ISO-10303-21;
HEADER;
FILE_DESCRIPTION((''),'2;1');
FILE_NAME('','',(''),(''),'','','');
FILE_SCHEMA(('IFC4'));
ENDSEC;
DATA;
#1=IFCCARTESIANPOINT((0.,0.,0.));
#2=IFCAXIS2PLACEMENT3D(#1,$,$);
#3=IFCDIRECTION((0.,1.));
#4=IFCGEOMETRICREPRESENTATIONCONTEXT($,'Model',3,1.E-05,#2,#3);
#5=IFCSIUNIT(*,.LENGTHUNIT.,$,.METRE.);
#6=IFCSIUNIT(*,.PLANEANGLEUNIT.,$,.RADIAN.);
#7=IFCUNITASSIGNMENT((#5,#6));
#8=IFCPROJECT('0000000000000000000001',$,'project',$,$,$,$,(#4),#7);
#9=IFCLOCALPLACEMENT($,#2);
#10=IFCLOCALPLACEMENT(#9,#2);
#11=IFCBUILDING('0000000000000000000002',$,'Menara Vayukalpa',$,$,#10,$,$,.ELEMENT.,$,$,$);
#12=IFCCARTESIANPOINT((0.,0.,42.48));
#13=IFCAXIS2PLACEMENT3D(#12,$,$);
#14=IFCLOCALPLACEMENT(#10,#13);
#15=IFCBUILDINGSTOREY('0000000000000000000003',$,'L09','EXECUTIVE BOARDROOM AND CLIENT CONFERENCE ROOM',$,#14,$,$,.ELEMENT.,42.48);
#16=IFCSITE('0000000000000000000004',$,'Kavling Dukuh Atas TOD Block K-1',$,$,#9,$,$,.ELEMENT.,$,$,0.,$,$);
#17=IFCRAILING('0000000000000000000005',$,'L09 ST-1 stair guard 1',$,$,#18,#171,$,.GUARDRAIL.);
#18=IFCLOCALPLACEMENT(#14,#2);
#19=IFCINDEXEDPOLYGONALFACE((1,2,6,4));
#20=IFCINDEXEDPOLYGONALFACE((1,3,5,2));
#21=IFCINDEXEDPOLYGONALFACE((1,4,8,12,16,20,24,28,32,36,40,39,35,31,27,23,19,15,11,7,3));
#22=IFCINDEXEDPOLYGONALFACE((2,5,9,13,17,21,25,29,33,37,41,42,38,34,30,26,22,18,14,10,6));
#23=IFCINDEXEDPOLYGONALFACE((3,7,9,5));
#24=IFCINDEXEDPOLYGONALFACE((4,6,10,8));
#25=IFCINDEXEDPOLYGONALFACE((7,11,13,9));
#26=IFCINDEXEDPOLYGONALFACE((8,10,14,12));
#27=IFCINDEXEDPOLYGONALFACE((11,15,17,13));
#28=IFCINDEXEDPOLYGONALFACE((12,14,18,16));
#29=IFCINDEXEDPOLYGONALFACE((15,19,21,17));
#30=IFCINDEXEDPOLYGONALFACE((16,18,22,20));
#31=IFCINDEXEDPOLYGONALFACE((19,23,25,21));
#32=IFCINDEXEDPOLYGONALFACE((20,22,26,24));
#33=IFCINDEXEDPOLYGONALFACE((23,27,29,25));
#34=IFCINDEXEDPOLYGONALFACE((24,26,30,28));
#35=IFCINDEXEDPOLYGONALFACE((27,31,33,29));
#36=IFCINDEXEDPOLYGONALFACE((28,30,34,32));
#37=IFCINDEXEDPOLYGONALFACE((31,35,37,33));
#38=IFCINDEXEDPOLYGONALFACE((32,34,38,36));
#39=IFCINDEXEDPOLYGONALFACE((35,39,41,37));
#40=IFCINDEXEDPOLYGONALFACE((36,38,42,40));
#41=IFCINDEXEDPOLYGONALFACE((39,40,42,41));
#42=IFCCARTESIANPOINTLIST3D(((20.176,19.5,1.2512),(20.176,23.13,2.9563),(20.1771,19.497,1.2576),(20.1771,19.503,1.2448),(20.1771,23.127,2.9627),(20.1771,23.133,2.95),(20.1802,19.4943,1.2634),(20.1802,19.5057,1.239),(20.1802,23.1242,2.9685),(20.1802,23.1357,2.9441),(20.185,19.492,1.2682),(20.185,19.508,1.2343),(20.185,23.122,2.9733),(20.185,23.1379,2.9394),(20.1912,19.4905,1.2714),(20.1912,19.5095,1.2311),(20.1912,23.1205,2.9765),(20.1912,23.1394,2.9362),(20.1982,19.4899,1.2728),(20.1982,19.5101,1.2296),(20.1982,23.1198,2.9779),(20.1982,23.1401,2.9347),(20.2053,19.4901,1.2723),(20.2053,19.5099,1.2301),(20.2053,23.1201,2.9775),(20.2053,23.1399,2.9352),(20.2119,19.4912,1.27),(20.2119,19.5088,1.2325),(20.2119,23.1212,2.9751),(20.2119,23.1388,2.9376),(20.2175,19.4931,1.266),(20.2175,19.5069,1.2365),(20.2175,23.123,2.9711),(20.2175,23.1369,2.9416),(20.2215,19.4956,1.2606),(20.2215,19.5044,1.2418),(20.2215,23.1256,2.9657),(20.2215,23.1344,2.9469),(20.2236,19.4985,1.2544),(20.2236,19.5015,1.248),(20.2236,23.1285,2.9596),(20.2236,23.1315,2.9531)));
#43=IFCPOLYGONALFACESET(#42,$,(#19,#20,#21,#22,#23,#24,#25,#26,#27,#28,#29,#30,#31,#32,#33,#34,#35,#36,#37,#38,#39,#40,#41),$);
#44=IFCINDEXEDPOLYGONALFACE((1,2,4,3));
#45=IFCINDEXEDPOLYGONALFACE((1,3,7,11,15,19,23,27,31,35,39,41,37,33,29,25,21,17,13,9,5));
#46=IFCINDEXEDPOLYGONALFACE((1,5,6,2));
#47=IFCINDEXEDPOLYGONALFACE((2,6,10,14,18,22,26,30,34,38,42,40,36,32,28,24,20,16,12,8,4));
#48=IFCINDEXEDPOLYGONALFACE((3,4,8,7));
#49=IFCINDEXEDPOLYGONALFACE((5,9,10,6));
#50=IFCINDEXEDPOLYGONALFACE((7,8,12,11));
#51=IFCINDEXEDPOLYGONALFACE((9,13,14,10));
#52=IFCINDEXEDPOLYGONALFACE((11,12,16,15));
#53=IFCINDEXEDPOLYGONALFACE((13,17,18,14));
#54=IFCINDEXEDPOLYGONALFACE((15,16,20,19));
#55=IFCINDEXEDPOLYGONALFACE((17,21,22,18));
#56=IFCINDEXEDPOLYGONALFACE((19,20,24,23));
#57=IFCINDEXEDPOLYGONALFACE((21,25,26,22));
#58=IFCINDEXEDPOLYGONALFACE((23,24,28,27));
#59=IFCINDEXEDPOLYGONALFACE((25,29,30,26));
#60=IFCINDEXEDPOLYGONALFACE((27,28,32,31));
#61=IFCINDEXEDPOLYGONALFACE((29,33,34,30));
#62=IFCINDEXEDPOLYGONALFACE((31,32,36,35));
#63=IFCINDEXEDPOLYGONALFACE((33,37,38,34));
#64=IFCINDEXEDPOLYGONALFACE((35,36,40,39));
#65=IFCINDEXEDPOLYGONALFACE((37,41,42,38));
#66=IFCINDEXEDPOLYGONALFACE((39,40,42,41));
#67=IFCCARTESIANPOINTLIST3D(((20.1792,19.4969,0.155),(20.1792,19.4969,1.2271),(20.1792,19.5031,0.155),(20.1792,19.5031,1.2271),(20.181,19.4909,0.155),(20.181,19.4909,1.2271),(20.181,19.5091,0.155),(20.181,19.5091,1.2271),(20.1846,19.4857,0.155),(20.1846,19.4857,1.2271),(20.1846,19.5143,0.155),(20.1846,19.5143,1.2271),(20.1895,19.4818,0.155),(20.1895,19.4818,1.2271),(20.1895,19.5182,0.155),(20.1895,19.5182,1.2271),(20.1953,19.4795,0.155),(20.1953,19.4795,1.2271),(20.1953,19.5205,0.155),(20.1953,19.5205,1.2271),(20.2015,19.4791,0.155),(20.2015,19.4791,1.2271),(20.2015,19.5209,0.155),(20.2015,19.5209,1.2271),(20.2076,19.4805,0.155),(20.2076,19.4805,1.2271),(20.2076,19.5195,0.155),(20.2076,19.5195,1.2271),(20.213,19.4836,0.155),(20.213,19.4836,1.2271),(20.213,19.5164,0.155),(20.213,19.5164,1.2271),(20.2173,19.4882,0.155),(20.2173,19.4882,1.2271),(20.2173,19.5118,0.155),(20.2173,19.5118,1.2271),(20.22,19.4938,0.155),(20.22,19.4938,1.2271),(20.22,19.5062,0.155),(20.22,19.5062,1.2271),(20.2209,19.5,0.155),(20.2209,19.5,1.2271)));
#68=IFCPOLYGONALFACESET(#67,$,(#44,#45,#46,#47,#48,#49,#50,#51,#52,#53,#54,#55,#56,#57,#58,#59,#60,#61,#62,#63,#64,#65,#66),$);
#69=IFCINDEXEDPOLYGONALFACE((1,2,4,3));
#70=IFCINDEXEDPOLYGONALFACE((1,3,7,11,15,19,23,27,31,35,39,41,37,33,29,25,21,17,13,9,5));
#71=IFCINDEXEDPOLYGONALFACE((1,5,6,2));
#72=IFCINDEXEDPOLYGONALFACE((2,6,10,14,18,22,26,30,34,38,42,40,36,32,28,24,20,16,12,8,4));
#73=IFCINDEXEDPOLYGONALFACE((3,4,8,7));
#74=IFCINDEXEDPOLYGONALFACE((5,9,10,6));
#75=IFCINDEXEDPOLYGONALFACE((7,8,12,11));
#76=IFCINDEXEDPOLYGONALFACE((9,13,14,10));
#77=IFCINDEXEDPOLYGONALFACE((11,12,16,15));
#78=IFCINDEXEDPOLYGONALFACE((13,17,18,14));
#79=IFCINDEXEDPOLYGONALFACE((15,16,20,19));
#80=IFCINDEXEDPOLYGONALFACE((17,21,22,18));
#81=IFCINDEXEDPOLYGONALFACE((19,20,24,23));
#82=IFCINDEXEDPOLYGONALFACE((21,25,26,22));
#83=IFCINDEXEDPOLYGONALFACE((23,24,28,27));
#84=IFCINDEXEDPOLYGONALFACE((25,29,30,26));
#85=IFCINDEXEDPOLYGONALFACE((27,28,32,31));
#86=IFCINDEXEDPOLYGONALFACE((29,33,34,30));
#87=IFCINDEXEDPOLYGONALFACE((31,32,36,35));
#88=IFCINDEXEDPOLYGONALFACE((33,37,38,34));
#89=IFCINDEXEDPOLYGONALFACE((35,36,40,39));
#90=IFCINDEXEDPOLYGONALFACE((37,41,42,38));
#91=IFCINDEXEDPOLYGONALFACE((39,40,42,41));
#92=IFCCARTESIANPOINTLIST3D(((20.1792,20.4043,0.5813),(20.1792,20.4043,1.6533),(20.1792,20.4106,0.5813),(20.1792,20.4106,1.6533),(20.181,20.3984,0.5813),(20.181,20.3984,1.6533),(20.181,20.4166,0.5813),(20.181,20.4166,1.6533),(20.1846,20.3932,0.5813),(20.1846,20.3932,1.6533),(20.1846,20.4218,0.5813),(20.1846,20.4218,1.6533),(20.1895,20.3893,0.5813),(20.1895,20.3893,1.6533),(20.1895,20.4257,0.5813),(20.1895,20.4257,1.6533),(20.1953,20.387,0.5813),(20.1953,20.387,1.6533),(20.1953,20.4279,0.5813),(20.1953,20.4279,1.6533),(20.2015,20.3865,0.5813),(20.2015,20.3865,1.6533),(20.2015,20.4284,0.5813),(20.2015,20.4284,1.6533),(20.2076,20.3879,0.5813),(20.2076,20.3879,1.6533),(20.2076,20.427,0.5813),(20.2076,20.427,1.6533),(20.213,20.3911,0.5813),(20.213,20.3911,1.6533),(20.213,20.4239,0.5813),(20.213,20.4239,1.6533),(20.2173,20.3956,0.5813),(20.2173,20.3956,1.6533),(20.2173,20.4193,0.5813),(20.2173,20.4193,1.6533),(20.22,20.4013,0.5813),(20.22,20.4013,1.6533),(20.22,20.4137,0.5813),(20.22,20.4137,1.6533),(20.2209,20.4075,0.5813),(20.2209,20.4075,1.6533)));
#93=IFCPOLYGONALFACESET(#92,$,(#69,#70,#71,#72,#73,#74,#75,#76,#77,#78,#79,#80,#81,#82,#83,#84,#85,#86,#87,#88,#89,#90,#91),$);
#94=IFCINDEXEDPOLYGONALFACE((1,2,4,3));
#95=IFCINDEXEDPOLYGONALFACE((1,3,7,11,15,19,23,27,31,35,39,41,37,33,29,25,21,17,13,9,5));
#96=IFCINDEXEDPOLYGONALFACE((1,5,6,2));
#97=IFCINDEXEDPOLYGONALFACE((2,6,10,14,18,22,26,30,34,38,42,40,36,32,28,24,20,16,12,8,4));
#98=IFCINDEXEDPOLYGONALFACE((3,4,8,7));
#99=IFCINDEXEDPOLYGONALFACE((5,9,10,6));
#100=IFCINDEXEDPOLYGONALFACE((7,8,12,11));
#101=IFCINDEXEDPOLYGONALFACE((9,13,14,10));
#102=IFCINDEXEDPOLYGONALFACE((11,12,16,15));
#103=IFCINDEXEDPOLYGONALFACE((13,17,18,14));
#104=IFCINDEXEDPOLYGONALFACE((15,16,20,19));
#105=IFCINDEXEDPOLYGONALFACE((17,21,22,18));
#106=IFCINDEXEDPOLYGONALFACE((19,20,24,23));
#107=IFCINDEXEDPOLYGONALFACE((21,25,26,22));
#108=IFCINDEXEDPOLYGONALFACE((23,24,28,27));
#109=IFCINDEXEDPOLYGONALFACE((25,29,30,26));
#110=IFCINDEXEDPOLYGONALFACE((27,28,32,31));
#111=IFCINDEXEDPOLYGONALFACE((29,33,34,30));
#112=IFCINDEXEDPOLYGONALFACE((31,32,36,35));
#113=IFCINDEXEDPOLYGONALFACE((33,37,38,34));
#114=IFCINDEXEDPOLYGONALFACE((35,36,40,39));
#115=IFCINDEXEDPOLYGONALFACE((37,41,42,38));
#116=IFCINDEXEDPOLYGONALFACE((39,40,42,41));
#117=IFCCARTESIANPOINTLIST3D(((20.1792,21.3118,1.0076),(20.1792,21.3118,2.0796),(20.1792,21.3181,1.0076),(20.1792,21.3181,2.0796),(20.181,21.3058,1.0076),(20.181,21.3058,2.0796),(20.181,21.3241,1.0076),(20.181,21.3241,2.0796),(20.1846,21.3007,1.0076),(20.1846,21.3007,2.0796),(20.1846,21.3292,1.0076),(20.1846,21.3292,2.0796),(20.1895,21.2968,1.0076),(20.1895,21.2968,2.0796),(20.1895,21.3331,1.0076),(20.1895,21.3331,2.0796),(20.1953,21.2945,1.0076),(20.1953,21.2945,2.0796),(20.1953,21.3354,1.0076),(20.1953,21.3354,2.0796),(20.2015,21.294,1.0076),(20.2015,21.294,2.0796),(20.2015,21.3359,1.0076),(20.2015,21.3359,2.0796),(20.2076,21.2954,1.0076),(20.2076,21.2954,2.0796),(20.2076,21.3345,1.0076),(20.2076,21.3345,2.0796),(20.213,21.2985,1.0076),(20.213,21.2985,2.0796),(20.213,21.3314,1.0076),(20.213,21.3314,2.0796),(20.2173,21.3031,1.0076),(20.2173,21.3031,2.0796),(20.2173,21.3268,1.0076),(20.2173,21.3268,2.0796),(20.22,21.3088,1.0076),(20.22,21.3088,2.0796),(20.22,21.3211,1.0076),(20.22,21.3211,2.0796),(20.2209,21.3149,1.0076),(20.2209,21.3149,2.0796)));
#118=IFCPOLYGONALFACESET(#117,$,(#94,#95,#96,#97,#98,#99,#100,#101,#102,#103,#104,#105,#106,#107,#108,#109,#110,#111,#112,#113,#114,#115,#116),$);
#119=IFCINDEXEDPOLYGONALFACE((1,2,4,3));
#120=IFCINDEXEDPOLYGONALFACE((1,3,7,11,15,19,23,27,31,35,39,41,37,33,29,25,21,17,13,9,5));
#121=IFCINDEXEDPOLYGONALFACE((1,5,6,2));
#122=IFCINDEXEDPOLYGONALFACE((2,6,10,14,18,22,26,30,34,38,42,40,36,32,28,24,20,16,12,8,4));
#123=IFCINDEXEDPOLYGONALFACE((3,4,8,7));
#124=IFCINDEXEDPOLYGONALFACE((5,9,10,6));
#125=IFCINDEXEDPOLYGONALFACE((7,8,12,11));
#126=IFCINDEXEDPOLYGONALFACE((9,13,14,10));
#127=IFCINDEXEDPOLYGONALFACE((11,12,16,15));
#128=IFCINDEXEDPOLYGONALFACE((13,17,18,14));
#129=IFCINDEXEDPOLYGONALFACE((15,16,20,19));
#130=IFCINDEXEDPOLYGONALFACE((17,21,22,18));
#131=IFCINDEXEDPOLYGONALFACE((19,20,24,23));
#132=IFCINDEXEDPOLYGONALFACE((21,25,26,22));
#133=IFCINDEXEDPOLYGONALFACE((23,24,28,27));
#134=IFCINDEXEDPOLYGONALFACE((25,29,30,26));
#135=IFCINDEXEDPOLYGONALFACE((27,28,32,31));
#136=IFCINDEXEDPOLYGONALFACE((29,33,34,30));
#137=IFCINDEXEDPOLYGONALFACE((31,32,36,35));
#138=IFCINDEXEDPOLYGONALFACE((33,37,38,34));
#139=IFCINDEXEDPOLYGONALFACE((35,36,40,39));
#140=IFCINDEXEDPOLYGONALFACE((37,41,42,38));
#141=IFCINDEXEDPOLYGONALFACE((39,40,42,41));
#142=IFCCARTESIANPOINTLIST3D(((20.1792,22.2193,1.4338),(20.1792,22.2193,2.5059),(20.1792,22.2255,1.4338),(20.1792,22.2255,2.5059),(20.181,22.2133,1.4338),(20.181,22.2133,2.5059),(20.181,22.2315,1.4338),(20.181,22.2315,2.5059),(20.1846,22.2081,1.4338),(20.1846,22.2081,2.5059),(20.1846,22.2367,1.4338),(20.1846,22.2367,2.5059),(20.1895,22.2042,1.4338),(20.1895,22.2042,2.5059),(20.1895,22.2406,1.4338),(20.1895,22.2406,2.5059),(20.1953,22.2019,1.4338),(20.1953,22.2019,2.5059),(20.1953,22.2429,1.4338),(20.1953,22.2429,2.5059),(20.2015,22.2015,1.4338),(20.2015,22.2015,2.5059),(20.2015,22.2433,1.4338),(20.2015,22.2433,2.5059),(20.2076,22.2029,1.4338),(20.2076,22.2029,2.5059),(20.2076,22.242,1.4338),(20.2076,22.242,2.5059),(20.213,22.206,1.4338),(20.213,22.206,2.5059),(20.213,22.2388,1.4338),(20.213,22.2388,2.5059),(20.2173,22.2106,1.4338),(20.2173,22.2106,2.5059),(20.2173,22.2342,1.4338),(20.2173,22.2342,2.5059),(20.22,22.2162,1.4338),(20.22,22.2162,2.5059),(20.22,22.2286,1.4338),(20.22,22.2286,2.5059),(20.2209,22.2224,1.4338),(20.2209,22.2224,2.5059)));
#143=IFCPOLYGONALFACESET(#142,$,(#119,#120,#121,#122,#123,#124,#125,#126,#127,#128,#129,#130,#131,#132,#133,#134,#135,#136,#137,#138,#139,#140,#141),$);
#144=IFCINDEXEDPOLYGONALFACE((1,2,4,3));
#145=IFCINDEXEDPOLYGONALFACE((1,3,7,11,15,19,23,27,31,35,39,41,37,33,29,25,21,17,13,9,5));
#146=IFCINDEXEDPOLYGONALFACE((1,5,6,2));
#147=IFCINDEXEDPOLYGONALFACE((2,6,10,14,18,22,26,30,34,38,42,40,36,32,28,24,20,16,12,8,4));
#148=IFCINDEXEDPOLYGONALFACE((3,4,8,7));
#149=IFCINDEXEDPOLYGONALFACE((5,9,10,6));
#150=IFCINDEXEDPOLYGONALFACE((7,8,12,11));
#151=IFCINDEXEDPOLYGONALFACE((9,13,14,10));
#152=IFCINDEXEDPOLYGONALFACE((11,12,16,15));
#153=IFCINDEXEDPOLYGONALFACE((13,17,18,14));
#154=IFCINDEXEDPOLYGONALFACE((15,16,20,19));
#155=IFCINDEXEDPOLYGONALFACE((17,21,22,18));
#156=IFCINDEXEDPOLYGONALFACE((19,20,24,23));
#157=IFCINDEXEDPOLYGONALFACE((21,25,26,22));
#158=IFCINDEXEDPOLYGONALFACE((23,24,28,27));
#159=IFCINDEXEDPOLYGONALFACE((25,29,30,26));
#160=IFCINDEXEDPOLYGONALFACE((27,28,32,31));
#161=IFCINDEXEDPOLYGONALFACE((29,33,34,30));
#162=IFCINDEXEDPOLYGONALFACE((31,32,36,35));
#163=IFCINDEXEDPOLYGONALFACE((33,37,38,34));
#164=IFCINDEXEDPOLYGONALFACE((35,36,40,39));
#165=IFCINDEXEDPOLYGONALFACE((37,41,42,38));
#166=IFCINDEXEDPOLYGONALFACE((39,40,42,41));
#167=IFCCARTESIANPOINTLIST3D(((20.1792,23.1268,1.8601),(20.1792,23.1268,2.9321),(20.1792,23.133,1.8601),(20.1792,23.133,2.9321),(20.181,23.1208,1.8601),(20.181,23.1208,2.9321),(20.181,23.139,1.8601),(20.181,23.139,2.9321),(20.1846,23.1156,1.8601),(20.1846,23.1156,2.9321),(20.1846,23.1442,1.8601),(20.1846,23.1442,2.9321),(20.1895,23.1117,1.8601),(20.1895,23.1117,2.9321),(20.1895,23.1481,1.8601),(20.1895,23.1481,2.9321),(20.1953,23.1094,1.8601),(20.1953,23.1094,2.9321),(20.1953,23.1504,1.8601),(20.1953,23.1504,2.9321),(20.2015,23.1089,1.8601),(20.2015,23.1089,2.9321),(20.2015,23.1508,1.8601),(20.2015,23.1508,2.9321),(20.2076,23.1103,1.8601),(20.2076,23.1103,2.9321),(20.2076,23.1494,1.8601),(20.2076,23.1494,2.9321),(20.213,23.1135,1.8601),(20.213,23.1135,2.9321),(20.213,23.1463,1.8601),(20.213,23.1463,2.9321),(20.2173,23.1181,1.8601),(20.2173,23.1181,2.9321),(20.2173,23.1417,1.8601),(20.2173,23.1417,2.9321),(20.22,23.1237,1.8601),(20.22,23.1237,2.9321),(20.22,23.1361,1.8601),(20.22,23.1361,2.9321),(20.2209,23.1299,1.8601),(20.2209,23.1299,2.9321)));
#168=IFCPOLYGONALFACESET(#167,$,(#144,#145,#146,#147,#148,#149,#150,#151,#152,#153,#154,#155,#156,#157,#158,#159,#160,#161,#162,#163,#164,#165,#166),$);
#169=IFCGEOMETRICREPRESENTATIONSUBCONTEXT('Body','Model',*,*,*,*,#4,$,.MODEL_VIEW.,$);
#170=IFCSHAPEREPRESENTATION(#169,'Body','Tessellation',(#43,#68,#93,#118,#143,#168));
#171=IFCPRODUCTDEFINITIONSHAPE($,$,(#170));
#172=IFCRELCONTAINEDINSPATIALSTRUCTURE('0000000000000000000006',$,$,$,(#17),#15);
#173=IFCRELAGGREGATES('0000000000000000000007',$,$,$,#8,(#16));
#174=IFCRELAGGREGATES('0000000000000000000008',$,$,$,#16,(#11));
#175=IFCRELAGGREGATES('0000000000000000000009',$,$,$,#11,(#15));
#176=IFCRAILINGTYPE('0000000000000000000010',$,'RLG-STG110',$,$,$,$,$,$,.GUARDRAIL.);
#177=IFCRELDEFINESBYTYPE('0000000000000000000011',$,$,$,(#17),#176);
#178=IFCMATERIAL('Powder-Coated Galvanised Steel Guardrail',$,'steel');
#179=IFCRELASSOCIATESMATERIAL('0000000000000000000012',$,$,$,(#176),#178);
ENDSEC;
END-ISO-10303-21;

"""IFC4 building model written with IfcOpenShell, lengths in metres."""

from ifc_helpers import new_model, si_unit, direction, frame, origin, origin_2d, place, context, subcontext, project, spatial, circle, extrude, material, type_object, element, save


model = new_model("IFC4")

# Units and contexts
model_context = context("Model", 3, precision=1e-05, world=origin(), true_north=direction((0.0, 1.0)))
body_context = subcontext(model_context, "Body", "Model", "MODEL_VIEW")
ifc_project = project(units=[si_unit("LENGTHUNIT", "METRE"), si_unit("PLANEANGLEUNIT", "RADIAN")], contexts=[model_context])

# Site, building, storey
site_placement = place(None, origin())
site = spatial("IfcSite", under=ifc_project, at=site_placement, Name="Kavling Dukuh Atas TOD Block K-1", CompositionType="ELEMENT", RefElevation=0.0)
building_placement = place(site_placement, origin())
building = spatial("IfcBuilding", under=site, at=building_placement, Name="Menara Vayukalpa", CompositionType="ELEMENT")
storey_placement = place(building_placement, frame((0.0, 0.0, 42.48)))
storey = spatial("IfcBuildingStorey", under=building, at=storey_placement, Name="L09", Description="EXECUTIVE BOARDROOM AND CLIENT CONFERENCE ROOM", CompositionType="ELEMENT", Elevation=42.48)

# Railing
ifc_material_1 = material(Name="Powder-Coated Galvanised Steel Guardrail", Category="steel")
railing_type = type_object("IfcRailingType", Name="RLG-STG110", PredefinedType="GUARDRAIL", material=ifc_material_1)
railing_1_placement = place(storey_placement, frame((20.2, 19.5, 0.155)))
element("IfcRailing", 1, at=railing_1_placement, inside=storey, type_object=railing_type, Name="L09 ST-1 stair guard 1", PredefinedType="GUARDRAIL", context=body_context, shape_type="SweptSolid", body=[
    extrude(circle(Radius=0.0239, at=origin_2d()), frame((0.0, 0.0, 1.0962), z_axis=(0.0, 0.905116, 0.425164), x_axis=(-1.0, 0.0, 0.0)), (0.0, 0.0, 1.0), 4.0105),
    extrude(circle(Radius=0.021, at=origin_2d()), origin(), (0.0, 0.0, 1.0), 1.072),
    extrude(circle(Radius=0.021, at=origin_2d()), frame((0.0, 0.9075, 0.4263)), (0.0, 0.0, 1.0), 1.072),
    extrude(circle(Radius=0.021, at=origin_2d()), frame((0.0, 1.8149, 0.8525)), (0.0, 0.0, 1.0), 1.072),
    extrude(circle(Radius=0.021, at=origin_2d()), frame((0.0, 2.7224, 1.2788)), (0.0, 0.0, 1.0), 1.072),
    extrude(circle(Radius=0.021, at=origin_2d()), frame((0.0, 3.6299, 1.7051)), (0.0, 0.0, 1.0), 1.072),
])

save(model, "model.ifc")
